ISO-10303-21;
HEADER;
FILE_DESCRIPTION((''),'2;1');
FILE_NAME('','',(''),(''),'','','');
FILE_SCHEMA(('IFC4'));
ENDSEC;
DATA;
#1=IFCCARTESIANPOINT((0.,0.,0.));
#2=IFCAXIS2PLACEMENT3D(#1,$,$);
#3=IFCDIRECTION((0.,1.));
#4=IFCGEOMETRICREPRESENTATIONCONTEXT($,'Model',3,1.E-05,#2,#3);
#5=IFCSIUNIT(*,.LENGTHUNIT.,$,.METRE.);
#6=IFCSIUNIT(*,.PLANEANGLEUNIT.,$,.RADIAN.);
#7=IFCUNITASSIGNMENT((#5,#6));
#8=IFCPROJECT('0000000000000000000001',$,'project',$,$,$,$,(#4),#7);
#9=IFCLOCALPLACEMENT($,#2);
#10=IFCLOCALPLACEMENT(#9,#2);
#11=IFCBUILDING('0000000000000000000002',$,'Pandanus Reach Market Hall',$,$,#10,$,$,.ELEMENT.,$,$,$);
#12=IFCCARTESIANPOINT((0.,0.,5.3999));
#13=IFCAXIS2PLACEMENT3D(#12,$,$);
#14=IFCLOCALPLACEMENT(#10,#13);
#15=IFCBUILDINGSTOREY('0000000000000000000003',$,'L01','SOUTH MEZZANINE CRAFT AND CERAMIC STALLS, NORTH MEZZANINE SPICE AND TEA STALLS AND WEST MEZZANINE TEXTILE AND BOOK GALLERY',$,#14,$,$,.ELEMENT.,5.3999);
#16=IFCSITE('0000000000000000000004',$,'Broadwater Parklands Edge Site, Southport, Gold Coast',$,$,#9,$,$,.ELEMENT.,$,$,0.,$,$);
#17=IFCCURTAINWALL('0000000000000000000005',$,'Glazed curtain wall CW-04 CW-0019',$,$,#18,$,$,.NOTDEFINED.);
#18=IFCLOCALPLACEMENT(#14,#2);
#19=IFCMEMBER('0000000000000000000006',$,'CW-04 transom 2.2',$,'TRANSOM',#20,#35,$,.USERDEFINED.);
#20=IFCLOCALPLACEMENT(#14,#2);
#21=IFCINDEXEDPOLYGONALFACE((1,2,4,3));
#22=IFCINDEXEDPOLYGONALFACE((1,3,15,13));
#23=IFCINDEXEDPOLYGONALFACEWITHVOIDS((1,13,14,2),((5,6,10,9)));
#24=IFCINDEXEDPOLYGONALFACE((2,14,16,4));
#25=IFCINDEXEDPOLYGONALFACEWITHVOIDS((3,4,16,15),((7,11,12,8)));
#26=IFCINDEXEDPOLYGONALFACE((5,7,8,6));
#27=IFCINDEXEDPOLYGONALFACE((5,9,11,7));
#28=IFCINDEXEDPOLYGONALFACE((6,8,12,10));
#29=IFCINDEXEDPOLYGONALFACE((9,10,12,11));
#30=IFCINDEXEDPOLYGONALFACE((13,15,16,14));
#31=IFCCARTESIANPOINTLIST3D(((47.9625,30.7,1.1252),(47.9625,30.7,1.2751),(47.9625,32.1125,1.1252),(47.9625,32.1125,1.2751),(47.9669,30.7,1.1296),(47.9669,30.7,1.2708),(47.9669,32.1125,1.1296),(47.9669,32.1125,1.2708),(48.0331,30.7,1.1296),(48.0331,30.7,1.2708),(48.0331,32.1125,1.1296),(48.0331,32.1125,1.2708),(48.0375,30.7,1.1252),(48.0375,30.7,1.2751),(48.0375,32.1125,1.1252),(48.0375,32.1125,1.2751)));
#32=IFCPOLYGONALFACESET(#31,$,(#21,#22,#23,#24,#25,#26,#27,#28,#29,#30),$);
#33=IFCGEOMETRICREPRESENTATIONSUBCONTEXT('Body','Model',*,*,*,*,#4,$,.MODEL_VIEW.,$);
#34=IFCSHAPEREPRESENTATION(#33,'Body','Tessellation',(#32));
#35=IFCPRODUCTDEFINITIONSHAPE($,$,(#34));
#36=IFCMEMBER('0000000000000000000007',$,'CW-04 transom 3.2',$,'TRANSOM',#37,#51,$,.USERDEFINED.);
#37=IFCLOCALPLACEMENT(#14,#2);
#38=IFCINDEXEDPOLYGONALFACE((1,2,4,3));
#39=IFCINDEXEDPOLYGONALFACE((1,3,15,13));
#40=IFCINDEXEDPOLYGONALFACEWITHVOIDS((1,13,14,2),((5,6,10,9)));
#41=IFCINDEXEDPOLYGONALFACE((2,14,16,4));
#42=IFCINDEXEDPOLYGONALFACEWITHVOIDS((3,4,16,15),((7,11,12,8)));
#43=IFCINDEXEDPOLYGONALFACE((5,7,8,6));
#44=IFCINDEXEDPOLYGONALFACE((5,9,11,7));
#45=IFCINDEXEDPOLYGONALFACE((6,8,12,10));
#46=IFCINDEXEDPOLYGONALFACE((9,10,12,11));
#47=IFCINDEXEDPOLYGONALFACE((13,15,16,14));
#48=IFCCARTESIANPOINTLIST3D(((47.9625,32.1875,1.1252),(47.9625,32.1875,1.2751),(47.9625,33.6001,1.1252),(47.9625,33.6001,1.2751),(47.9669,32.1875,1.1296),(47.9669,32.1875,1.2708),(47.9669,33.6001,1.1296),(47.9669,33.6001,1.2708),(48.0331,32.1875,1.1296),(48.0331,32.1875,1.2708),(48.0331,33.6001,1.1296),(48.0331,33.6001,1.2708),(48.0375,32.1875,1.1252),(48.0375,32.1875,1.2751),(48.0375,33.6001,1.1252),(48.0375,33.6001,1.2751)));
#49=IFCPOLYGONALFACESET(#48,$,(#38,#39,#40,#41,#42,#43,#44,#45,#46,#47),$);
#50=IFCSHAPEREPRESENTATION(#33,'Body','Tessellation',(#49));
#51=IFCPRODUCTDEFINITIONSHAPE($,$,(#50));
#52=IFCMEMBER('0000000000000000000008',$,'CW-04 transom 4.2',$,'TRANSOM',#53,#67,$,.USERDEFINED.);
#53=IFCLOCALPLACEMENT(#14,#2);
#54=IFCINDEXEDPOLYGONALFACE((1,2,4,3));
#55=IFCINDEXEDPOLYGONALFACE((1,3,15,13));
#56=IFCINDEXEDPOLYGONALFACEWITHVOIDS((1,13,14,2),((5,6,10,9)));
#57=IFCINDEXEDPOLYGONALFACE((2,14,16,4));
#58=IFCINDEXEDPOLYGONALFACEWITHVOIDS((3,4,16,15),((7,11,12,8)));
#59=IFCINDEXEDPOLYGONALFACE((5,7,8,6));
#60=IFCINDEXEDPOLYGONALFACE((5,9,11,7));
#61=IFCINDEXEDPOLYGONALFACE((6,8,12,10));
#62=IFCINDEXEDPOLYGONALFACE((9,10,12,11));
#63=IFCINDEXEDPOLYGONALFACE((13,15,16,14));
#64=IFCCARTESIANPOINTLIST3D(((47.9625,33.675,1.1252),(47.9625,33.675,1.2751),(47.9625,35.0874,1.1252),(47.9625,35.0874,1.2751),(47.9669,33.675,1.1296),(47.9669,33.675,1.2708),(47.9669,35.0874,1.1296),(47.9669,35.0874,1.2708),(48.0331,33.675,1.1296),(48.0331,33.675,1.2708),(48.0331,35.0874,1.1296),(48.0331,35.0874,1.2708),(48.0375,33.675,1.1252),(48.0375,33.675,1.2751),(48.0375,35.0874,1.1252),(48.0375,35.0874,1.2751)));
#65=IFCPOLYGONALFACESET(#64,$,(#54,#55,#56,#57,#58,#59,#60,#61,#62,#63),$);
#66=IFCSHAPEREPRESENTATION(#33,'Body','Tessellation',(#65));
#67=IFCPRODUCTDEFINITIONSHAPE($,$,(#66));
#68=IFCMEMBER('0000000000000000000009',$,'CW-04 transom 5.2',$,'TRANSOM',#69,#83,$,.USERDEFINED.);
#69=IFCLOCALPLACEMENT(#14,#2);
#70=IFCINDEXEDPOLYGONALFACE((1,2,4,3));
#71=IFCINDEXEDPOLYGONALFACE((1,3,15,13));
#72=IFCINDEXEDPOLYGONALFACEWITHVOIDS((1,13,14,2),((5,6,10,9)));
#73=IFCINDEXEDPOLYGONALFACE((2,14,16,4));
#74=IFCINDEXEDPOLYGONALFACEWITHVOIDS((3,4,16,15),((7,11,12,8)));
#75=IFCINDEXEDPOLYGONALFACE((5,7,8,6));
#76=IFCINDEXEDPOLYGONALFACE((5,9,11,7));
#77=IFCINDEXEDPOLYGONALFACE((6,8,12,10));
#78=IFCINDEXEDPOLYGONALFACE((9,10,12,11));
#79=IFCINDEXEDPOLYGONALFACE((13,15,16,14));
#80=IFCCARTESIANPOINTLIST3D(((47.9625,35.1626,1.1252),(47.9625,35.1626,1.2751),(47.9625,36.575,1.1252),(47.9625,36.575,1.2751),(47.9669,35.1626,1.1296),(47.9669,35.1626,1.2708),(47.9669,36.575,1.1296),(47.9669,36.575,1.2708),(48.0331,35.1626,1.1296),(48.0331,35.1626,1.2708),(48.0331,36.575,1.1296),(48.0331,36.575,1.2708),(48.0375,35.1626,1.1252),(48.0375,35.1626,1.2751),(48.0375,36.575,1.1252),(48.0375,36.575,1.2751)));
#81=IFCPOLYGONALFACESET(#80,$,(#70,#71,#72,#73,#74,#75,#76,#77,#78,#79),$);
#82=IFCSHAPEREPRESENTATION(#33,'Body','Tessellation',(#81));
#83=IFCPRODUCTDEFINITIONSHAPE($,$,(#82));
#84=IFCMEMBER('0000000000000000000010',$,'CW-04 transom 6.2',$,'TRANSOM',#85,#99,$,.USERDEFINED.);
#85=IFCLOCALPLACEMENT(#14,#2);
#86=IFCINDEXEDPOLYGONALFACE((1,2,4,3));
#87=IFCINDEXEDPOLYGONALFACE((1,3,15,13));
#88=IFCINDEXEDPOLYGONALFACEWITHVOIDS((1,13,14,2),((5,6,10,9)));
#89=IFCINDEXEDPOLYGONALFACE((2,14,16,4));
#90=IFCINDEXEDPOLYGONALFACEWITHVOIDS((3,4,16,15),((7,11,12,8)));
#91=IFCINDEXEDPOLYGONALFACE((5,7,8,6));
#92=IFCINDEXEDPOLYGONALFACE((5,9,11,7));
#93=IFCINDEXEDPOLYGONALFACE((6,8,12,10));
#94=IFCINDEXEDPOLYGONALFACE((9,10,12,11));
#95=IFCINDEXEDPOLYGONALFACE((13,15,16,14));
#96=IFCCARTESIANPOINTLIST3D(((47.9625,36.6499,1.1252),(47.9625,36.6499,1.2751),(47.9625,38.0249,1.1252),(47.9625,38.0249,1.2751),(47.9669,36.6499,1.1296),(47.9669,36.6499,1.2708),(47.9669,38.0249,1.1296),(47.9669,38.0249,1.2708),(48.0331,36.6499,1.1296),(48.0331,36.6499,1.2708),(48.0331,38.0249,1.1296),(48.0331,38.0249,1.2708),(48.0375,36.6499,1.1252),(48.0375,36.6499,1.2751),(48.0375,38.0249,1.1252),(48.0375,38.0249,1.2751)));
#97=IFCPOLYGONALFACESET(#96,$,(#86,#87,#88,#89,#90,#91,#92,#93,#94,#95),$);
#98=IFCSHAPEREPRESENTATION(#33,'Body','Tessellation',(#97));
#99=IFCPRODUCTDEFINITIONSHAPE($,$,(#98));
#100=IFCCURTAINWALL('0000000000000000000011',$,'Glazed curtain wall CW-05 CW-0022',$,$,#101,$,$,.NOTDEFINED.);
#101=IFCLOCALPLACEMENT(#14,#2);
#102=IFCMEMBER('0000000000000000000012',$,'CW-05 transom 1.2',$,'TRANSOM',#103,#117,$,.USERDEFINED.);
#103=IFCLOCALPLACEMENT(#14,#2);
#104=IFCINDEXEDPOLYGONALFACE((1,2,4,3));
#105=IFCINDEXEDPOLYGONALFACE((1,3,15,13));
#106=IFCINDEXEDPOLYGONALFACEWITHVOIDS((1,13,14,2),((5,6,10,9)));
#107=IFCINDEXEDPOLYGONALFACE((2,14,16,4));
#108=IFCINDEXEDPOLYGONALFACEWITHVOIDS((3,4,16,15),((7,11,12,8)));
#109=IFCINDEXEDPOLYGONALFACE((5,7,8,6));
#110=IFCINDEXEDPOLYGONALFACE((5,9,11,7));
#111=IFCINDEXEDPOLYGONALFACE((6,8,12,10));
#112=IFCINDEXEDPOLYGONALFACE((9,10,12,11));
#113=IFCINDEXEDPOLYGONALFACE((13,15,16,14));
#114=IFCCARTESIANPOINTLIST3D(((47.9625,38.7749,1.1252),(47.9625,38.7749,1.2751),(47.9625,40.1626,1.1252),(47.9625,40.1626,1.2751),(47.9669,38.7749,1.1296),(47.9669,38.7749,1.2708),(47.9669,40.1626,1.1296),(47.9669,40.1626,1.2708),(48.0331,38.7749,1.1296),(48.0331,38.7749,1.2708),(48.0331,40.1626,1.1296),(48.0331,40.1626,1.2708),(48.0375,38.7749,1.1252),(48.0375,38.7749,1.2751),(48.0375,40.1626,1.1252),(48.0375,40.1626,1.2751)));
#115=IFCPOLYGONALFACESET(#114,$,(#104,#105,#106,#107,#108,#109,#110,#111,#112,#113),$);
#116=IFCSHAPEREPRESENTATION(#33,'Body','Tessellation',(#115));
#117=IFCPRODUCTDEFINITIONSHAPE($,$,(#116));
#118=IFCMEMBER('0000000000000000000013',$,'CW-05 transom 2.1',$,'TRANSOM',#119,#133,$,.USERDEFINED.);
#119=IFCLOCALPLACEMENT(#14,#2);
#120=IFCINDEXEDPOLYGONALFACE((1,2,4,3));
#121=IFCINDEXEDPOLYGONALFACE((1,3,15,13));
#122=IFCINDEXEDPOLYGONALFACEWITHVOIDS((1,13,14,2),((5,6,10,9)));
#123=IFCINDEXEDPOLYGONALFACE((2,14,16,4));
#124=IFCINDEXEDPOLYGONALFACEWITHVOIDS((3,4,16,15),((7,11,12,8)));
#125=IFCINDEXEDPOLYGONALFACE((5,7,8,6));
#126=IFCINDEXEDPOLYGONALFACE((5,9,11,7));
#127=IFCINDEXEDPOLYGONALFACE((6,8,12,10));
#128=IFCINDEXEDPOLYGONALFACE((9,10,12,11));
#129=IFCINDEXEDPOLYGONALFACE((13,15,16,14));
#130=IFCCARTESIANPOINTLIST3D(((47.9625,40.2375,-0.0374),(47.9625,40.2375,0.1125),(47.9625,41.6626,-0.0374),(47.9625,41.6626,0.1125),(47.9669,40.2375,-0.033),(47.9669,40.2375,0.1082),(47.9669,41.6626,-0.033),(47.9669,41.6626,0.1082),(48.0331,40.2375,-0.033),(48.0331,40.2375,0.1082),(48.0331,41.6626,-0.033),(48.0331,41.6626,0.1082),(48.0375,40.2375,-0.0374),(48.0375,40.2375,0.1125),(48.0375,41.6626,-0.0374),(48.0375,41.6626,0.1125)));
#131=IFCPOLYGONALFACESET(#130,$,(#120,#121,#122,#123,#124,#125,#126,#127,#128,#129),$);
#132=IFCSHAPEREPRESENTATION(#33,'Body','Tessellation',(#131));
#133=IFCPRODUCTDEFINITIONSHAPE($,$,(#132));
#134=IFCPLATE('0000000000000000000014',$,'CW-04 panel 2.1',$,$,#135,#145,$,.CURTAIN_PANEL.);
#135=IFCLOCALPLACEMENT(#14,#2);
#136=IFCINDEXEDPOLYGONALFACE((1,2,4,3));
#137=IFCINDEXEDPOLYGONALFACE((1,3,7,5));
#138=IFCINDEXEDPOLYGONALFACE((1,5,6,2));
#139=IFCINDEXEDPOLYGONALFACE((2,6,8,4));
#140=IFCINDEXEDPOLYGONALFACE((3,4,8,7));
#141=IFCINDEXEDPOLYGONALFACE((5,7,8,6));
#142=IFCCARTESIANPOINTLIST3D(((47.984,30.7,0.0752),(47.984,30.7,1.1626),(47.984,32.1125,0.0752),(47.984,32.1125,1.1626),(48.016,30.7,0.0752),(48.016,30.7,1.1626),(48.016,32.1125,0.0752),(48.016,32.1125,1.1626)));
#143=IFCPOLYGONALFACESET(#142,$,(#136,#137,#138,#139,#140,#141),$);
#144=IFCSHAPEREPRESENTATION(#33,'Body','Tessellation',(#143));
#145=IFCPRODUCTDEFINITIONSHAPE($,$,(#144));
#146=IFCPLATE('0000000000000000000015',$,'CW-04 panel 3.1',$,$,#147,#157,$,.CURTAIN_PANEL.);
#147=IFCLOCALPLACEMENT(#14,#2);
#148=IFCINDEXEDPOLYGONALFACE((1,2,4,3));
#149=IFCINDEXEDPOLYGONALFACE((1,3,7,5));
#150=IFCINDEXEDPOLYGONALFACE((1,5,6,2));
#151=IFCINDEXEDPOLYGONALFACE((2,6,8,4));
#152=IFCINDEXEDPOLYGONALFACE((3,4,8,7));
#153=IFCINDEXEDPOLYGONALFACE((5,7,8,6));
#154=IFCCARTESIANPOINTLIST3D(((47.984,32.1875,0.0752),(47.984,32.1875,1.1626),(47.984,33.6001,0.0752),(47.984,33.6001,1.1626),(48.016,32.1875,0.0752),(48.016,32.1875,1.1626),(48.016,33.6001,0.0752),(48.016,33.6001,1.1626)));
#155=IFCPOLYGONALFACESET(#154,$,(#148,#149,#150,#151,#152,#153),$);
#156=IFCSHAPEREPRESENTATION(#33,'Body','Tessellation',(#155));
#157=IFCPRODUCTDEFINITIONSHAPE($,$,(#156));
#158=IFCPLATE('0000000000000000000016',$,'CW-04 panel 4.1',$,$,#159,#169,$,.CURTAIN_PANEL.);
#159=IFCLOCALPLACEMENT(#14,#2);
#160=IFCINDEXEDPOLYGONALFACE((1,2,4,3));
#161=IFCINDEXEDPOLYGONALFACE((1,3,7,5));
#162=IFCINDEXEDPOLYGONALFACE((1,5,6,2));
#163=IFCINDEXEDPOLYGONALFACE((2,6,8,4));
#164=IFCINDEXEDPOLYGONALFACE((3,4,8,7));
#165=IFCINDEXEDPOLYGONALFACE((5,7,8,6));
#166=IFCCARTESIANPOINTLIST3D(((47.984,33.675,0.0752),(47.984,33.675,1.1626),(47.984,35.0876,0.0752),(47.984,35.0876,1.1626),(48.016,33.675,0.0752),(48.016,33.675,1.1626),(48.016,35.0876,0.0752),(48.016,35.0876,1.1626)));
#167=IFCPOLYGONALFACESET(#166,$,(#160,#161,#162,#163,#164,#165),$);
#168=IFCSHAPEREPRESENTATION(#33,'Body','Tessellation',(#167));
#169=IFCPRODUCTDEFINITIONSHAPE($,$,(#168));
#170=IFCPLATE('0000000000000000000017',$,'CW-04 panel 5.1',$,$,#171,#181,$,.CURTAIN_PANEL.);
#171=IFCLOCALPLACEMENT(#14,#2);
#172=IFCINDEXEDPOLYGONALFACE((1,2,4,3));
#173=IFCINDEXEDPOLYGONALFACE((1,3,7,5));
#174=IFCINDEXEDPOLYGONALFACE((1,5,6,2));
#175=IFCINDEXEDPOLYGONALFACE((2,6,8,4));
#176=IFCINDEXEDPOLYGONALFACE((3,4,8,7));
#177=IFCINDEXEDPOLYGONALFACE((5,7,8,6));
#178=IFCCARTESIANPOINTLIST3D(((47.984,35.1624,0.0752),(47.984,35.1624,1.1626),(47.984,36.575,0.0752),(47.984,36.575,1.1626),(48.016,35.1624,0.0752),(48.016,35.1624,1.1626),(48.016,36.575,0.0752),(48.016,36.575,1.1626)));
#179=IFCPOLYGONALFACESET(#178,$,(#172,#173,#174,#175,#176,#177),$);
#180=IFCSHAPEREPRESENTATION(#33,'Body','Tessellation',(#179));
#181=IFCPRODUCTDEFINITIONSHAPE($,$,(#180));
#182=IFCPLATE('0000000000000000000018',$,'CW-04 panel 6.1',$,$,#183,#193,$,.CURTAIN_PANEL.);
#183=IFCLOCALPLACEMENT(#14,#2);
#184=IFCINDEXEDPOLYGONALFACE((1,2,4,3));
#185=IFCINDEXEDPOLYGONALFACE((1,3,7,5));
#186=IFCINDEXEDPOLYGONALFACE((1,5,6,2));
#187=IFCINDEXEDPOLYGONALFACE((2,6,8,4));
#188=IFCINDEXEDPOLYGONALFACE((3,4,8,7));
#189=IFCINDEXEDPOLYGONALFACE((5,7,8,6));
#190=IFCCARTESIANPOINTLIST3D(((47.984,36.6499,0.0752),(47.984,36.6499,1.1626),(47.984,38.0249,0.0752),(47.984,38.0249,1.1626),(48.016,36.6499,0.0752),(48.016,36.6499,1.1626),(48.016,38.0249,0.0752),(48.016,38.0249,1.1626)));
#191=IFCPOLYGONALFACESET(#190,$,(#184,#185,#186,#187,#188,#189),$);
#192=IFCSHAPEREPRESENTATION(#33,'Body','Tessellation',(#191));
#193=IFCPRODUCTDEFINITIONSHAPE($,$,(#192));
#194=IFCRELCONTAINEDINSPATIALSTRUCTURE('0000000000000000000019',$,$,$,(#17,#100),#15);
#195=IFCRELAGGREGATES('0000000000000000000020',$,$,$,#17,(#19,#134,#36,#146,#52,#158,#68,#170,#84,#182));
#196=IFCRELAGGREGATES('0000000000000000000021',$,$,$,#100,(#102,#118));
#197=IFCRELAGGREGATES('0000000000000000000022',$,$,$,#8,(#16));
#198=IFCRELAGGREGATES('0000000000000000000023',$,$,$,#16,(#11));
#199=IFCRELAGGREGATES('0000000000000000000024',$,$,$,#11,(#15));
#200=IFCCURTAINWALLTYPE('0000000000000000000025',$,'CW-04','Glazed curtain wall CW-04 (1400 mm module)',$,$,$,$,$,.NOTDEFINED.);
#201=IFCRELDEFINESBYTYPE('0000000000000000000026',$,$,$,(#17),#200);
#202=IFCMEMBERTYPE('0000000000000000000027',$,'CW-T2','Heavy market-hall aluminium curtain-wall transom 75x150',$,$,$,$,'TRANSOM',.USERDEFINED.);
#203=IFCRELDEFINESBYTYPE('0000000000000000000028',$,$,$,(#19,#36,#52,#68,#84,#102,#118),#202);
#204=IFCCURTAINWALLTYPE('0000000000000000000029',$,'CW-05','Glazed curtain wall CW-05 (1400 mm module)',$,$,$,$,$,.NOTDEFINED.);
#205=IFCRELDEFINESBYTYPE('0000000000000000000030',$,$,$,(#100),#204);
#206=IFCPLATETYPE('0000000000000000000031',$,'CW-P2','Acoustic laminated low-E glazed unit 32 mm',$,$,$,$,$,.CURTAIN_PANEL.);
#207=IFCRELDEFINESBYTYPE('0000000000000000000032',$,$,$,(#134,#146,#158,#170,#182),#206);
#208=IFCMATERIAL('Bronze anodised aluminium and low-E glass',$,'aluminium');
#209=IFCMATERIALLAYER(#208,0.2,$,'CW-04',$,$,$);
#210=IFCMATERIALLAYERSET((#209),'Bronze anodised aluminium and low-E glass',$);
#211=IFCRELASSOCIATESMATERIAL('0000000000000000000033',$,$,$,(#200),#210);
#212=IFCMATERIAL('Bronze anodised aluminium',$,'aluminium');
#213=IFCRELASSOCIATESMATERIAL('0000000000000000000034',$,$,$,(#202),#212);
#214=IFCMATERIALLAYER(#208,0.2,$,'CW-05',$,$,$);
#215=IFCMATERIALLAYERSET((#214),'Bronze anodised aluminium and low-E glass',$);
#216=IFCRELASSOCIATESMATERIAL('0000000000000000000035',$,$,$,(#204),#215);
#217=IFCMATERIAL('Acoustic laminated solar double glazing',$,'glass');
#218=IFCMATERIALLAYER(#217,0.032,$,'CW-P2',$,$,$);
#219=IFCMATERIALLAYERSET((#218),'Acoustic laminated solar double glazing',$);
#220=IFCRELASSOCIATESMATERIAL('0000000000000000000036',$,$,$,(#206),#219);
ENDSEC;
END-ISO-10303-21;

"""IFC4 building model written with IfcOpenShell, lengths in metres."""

from ifc_helpers import new_model, si_unit, direction, frame, origin, origin_2d, place, context, subcontext, project, spatial, rectangle, hollow_rectangle, extrude, material, layer, layer_set, material_profile, profile_set, type_object, element, aggregate, save


model = new_model("IFC4")

# Units and contexts
model_context = context("Model", 3, precision=1e-05, world=origin(), true_north=direction((0.0, 1.0)))
body_context = subcontext(model_context, "Body", "Model", "MODEL_VIEW")
ifc_project = project(units=[si_unit("LENGTHUNIT", "METRE"), si_unit("PLANEANGLEUNIT", "RADIAN")], contexts=[model_context])

# Site, building, storey
site_placement = place(None, origin())
site = spatial("IfcSite", under=ifc_project, at=site_placement, Name="Broadwater Parklands Edge Site, Southport, Gold Coast", CompositionType="ELEMENT", RefElevation=0.0)
building_placement = place(site_placement, origin())
building = spatial("IfcBuilding", under=site, at=building_placement, Name="Pandanus Reach Market Hall", CompositionType="ELEMENT")
storey_placement = place(building_placement, frame((0.0, 0.0, 5.3999)))
storey = spatial("IfcBuildingStorey", under=building, at=storey_placement, Name="L01", Description="SOUTH MEZZANINE CRAFT AND CERAMIC STALLS, NORTH MEZZANINE SPICE AND TEA STALLS AND WEST MEZZANINE TEXTILE AND BOOK GALLERY", CompositionType="ELEMENT", Elevation=5.3999)

# Curtain walls, members
ifc_material_1 = material(Name="Bronze anodised aluminium and low-E glass", Category="aluminium")
ifc_layer_1 = layer(ifc_material_1, 0.2, Name="CW-04")
ifc_layer_set_1 = layer_set([ifc_layer_1], Name="Bronze anodised aluminium and low-E glass")
curtain_wall_type_1 = type_object("IfcCurtainWallType", Name="CW-04", Description="Glazed curtain wall CW-04 (1400 mm module)", PredefinedType="NOTDEFINED", material=ifc_layer_set_1)
curtain_wall_1_placement = place(storey_placement, origin())
curtain_wall_1 = element("IfcCurtainWall", 1, at=curtain_wall_1_placement, inside=storey, type_object=curtain_wall_type_1, Name="Glazed curtain wall CW-04 CW-0019", PredefinedType="NOTDEFINED")
ifc_material_2 = material(Name="Bronze anodised aluminium", Category="aluminium")
ifc_material_profile = material_profile(ifc_material_2, hollow_rectangle(XDim=0.075, YDim=0.1499, WallThickness=0.0044, at=origin_2d()), Name="ALU75x150", Category="LoadBearing")
ifc_profile_set = profile_set([ifc_material_profile], Name="Bronze anodised aluminium")
member_type = type_object("IfcMemberType", Name="CW-T2", Description="Heavy market-hall aluminium curtain-wall transom 75x150", ElementType="TRANSOM", PredefinedType="USERDEFINED", material=ifc_profile_set)
member_1_placement = place(storey_placement, frame((48.0, 30.7, 1.2002), z_axis=(0.0, 1.0, 0.0), x_axis=(-1.0, 0.0, 0.0)))
member_1 = element("IfcMember", 2, at=member_1_placement, type_object=member_type, Name="CW-04 transom 2.2", ObjectType="TRANSOM", PredefinedType="USERDEFINED", context=body_context, shape_type="SweptSolid", body=[
    extrude(hollow_rectangle(XDim=0.075, YDim=0.1499, WallThickness=0.0044, at=origin_2d()), origin(), (0.0, 0.0, 1.0), 1.4126),
])
member_2_placement = place(storey_placement, frame((48.0, 32.1875, 1.2002), z_axis=(0.0, 1.0, 0.0), x_axis=(-1.0, 0.0, 0.0)))
member_2 = element("IfcMember", 3, at=member_2_placement, type_object=member_type, Name="CW-04 transom 3.2", ObjectType="TRANSOM", PredefinedType="USERDEFINED", context=body_context, shape_type="SweptSolid", body=[
    extrude(hollow_rectangle(XDim=0.075, YDim=0.1499, WallThickness=0.0044, at=origin_2d()), origin(), (0.0, 0.0, 1.0), 1.4126),
])
member_3_placement = place(storey_placement, frame((48.0, 33.675, 1.2002), z_axis=(0.0, 1.0, 0.0), x_axis=(-1.0, 0.0, 0.0)))
member_3 = element("IfcMember", 4, at=member_3_placement, type_object=member_type, Name="CW-04 transom 4.2", ObjectType="TRANSOM", PredefinedType="USERDEFINED", context=body_context, shape_type="SweptSolid", body=[
    extrude(hollow_rectangle(XDim=0.075, YDim=0.1499, WallThickness=0.0044, at=origin_2d()), origin(), (0.0, 0.0, 1.0), 1.4124),
])
member_4_placement = place(storey_placement, frame((48.0, 35.1626, 1.2002), z_axis=(0.0, 1.0, 0.0), x_axis=(-1.0, 0.0, 0.0)))
member_4 = element("IfcMember", 5, at=member_4_placement, type_object=member_type, Name="CW-04 transom 5.2", ObjectType="TRANSOM", PredefinedType="USERDEFINED", context=body_context, shape_type="SweptSolid", body=[
    extrude(hollow_rectangle(XDim=0.075, YDim=0.1499, WallThickness=0.0044, at=origin_2d()), origin(), (0.0, 0.0, 1.0), 1.4124),
])
member_5_placement = place(storey_placement, frame((48.0, 36.6499, 1.2002), z_axis=(0.0, 1.0, 0.0), x_axis=(-1.0, 0.0, 0.0)))
member_5 = element("IfcMember", 6, at=member_5_placement, type_object=member_type, Name="CW-04 transom 6.2", ObjectType="TRANSOM", PredefinedType="USERDEFINED", context=body_context, shape_type="SweptSolid", body=[
    extrude(hollow_rectangle(XDim=0.075, YDim=0.1499, WallThickness=0.0044, at=origin_2d()), origin(), (0.0, 0.0, 1.0), 1.375),
])
ifc_layer_2 = layer(ifc_material_1, 0.2, Name="CW-05")
ifc_layer_set_2 = layer_set([ifc_layer_2], Name="Bronze anodised aluminium and low-E glass")
curtain_wall_type_2 = type_object("IfcCurtainWallType", Name="CW-05", Description="Glazed curtain wall CW-05 (1400 mm module)", PredefinedType="NOTDEFINED", material=ifc_layer_set_2)
curtain_wall_2_placement = place(storey_placement, origin())
curtain_wall_2 = element("IfcCurtainWall", 7, at=curtain_wall_2_placement, inside=storey, type_object=curtain_wall_type_2, Name="Glazed curtain wall CW-05 CW-0022", PredefinedType="NOTDEFINED")
member_6_placement = place(storey_placement, frame((48.0, 38.7749, 1.2002), z_axis=(0.0, 1.0, 0.0), x_axis=(-1.0, 0.0, 0.0)))
member_6 = element("IfcMember", 8, at=member_6_placement, type_object=member_type, Name="CW-05 transom 1.2", ObjectType="TRANSOM", PredefinedType="USERDEFINED", context=body_context, shape_type="SweptSolid", body=[
    extrude(hollow_rectangle(XDim=0.075, YDim=0.1499, WallThickness=0.0044, at=origin_2d()), origin(), (0.0, 0.0, 1.0), 1.3877),
])
member_7_placement = place(storey_placement, frame((48.0, 40.2375, 0.0376), z_axis=(0.0, 1.0, 0.0), x_axis=(-1.0, 0.0, 0.0)))
member_7 = element("IfcMember", 9, at=member_7_placement, type_object=member_type, Name="CW-05 transom 2.1", ObjectType="TRANSOM", PredefinedType="USERDEFINED", context=body_context, shape_type="SweptSolid", body=[
    extrude(hollow_rectangle(XDim=0.075, YDim=0.1499, WallThickness=0.0044, at=origin_2d()), origin(), (0.0, 0.0, 1.0), 1.425),
])

# Plates
ifc_material_3 = material(Name="Acoustic laminated solar double glazing", Category="glass")
ifc_layer_3 = layer(ifc_material_3, 0.032, Name="CW-P2")
ifc_layer_set_3 = layer_set([ifc_layer_3], Name="Acoustic laminated solar double glazing")
plate_type = type_object("IfcPlateType", Name="CW-P2", Description="Acoustic laminated low-E glazed unit 32 mm", PredefinedType="CURTAIN_PANEL", material=ifc_layer_set_3)
plate_1_placement = place(storey_placement, frame((48.0, 31.4062, 0.0752), z_axis=(0.0, 0.0, 1.0), x_axis=(0.0, 1.0, 0.0)))
plate_1 = element("IfcPlate", 10, at=plate_1_placement, type_object=plate_type, Name="CW-04 panel 2.1", PredefinedType="CURTAIN_PANEL", context=body_context, shape_type="SweptSolid", body=[
    extrude(rectangle(XDim=1.4126, YDim=0.032, at=origin_2d()), origin(), (0.0, 0.0, 1.0), 1.0874),
])
plate_2_placement = place(storey_placement, frame((48.0, 32.8938, 0.0752), z_axis=(0.0, 0.0, 1.0), x_axis=(0.0, 1.0, 0.0)))
plate_2 = element("IfcPlate", 11, at=plate_2_placement, type_object=plate_type, Name="CW-04 panel 3.1", PredefinedType="CURTAIN_PANEL", context=body_context, shape_type="SweptSolid", body=[
    extrude(rectangle(XDim=1.4126, YDim=0.032, at=origin_2d()), origin(), (0.0, 0.0, 1.0), 1.0874),
])
plate_3_placement = place(storey_placement, frame((48.0, 34.3813, 0.0752), z_axis=(0.0, 0.0, 1.0), x_axis=(0.0, 1.0, 0.0)))
plate_3 = element("IfcPlate", 12, at=plate_3_placement, type_object=plate_type, Name="CW-04 panel 4.1", PredefinedType="CURTAIN_PANEL", context=body_context, shape_type="SweptSolid", body=[
    extrude(rectangle(XDim=1.4126, YDim=0.032, at=origin_2d()), origin(), (0.0, 0.0, 1.0), 1.0874),
])
plate_4_placement = place(storey_placement, frame((48.0, 35.8687, 0.0752), z_axis=(0.0, 0.0, 1.0), x_axis=(0.0, 1.0, 0.0)))
plate_4 = element("IfcPlate", 13, at=plate_4_placement, type_object=plate_type, Name="CW-04 panel 5.1", PredefinedType="CURTAIN_PANEL", context=body_context, shape_type="SweptSolid", body=[
    extrude(rectangle(XDim=1.4126, YDim=0.032, at=origin_2d()), origin(), (0.0, 0.0, 1.0), 1.0874),
])
plate_5_placement = place(storey_placement, frame((48.0, 37.3374, 0.0752), z_axis=(0.0, 0.0, 1.0), x_axis=(0.0, 1.0, 0.0)))
plate_5 = element("IfcPlate", 14, at=plate_5_placement, type_object=plate_type, Name="CW-04 panel 6.1", PredefinedType="CURTAIN_PANEL", context=body_context, shape_type="SweptSolid", body=[
    extrude(rectangle(XDim=1.375, YDim=0.032, at=origin_2d()), origin(), (0.0, 0.0, 1.0), 1.0874),
])
aggregate(curtain_wall_1, [member_1, plate_1, member_2, plate_2, member_3, plate_3, member_4, plate_4, member_5, plate_5])
aggregate(curtain_wall_2, [member_6, member_7])

save(model, "model.ifc")
